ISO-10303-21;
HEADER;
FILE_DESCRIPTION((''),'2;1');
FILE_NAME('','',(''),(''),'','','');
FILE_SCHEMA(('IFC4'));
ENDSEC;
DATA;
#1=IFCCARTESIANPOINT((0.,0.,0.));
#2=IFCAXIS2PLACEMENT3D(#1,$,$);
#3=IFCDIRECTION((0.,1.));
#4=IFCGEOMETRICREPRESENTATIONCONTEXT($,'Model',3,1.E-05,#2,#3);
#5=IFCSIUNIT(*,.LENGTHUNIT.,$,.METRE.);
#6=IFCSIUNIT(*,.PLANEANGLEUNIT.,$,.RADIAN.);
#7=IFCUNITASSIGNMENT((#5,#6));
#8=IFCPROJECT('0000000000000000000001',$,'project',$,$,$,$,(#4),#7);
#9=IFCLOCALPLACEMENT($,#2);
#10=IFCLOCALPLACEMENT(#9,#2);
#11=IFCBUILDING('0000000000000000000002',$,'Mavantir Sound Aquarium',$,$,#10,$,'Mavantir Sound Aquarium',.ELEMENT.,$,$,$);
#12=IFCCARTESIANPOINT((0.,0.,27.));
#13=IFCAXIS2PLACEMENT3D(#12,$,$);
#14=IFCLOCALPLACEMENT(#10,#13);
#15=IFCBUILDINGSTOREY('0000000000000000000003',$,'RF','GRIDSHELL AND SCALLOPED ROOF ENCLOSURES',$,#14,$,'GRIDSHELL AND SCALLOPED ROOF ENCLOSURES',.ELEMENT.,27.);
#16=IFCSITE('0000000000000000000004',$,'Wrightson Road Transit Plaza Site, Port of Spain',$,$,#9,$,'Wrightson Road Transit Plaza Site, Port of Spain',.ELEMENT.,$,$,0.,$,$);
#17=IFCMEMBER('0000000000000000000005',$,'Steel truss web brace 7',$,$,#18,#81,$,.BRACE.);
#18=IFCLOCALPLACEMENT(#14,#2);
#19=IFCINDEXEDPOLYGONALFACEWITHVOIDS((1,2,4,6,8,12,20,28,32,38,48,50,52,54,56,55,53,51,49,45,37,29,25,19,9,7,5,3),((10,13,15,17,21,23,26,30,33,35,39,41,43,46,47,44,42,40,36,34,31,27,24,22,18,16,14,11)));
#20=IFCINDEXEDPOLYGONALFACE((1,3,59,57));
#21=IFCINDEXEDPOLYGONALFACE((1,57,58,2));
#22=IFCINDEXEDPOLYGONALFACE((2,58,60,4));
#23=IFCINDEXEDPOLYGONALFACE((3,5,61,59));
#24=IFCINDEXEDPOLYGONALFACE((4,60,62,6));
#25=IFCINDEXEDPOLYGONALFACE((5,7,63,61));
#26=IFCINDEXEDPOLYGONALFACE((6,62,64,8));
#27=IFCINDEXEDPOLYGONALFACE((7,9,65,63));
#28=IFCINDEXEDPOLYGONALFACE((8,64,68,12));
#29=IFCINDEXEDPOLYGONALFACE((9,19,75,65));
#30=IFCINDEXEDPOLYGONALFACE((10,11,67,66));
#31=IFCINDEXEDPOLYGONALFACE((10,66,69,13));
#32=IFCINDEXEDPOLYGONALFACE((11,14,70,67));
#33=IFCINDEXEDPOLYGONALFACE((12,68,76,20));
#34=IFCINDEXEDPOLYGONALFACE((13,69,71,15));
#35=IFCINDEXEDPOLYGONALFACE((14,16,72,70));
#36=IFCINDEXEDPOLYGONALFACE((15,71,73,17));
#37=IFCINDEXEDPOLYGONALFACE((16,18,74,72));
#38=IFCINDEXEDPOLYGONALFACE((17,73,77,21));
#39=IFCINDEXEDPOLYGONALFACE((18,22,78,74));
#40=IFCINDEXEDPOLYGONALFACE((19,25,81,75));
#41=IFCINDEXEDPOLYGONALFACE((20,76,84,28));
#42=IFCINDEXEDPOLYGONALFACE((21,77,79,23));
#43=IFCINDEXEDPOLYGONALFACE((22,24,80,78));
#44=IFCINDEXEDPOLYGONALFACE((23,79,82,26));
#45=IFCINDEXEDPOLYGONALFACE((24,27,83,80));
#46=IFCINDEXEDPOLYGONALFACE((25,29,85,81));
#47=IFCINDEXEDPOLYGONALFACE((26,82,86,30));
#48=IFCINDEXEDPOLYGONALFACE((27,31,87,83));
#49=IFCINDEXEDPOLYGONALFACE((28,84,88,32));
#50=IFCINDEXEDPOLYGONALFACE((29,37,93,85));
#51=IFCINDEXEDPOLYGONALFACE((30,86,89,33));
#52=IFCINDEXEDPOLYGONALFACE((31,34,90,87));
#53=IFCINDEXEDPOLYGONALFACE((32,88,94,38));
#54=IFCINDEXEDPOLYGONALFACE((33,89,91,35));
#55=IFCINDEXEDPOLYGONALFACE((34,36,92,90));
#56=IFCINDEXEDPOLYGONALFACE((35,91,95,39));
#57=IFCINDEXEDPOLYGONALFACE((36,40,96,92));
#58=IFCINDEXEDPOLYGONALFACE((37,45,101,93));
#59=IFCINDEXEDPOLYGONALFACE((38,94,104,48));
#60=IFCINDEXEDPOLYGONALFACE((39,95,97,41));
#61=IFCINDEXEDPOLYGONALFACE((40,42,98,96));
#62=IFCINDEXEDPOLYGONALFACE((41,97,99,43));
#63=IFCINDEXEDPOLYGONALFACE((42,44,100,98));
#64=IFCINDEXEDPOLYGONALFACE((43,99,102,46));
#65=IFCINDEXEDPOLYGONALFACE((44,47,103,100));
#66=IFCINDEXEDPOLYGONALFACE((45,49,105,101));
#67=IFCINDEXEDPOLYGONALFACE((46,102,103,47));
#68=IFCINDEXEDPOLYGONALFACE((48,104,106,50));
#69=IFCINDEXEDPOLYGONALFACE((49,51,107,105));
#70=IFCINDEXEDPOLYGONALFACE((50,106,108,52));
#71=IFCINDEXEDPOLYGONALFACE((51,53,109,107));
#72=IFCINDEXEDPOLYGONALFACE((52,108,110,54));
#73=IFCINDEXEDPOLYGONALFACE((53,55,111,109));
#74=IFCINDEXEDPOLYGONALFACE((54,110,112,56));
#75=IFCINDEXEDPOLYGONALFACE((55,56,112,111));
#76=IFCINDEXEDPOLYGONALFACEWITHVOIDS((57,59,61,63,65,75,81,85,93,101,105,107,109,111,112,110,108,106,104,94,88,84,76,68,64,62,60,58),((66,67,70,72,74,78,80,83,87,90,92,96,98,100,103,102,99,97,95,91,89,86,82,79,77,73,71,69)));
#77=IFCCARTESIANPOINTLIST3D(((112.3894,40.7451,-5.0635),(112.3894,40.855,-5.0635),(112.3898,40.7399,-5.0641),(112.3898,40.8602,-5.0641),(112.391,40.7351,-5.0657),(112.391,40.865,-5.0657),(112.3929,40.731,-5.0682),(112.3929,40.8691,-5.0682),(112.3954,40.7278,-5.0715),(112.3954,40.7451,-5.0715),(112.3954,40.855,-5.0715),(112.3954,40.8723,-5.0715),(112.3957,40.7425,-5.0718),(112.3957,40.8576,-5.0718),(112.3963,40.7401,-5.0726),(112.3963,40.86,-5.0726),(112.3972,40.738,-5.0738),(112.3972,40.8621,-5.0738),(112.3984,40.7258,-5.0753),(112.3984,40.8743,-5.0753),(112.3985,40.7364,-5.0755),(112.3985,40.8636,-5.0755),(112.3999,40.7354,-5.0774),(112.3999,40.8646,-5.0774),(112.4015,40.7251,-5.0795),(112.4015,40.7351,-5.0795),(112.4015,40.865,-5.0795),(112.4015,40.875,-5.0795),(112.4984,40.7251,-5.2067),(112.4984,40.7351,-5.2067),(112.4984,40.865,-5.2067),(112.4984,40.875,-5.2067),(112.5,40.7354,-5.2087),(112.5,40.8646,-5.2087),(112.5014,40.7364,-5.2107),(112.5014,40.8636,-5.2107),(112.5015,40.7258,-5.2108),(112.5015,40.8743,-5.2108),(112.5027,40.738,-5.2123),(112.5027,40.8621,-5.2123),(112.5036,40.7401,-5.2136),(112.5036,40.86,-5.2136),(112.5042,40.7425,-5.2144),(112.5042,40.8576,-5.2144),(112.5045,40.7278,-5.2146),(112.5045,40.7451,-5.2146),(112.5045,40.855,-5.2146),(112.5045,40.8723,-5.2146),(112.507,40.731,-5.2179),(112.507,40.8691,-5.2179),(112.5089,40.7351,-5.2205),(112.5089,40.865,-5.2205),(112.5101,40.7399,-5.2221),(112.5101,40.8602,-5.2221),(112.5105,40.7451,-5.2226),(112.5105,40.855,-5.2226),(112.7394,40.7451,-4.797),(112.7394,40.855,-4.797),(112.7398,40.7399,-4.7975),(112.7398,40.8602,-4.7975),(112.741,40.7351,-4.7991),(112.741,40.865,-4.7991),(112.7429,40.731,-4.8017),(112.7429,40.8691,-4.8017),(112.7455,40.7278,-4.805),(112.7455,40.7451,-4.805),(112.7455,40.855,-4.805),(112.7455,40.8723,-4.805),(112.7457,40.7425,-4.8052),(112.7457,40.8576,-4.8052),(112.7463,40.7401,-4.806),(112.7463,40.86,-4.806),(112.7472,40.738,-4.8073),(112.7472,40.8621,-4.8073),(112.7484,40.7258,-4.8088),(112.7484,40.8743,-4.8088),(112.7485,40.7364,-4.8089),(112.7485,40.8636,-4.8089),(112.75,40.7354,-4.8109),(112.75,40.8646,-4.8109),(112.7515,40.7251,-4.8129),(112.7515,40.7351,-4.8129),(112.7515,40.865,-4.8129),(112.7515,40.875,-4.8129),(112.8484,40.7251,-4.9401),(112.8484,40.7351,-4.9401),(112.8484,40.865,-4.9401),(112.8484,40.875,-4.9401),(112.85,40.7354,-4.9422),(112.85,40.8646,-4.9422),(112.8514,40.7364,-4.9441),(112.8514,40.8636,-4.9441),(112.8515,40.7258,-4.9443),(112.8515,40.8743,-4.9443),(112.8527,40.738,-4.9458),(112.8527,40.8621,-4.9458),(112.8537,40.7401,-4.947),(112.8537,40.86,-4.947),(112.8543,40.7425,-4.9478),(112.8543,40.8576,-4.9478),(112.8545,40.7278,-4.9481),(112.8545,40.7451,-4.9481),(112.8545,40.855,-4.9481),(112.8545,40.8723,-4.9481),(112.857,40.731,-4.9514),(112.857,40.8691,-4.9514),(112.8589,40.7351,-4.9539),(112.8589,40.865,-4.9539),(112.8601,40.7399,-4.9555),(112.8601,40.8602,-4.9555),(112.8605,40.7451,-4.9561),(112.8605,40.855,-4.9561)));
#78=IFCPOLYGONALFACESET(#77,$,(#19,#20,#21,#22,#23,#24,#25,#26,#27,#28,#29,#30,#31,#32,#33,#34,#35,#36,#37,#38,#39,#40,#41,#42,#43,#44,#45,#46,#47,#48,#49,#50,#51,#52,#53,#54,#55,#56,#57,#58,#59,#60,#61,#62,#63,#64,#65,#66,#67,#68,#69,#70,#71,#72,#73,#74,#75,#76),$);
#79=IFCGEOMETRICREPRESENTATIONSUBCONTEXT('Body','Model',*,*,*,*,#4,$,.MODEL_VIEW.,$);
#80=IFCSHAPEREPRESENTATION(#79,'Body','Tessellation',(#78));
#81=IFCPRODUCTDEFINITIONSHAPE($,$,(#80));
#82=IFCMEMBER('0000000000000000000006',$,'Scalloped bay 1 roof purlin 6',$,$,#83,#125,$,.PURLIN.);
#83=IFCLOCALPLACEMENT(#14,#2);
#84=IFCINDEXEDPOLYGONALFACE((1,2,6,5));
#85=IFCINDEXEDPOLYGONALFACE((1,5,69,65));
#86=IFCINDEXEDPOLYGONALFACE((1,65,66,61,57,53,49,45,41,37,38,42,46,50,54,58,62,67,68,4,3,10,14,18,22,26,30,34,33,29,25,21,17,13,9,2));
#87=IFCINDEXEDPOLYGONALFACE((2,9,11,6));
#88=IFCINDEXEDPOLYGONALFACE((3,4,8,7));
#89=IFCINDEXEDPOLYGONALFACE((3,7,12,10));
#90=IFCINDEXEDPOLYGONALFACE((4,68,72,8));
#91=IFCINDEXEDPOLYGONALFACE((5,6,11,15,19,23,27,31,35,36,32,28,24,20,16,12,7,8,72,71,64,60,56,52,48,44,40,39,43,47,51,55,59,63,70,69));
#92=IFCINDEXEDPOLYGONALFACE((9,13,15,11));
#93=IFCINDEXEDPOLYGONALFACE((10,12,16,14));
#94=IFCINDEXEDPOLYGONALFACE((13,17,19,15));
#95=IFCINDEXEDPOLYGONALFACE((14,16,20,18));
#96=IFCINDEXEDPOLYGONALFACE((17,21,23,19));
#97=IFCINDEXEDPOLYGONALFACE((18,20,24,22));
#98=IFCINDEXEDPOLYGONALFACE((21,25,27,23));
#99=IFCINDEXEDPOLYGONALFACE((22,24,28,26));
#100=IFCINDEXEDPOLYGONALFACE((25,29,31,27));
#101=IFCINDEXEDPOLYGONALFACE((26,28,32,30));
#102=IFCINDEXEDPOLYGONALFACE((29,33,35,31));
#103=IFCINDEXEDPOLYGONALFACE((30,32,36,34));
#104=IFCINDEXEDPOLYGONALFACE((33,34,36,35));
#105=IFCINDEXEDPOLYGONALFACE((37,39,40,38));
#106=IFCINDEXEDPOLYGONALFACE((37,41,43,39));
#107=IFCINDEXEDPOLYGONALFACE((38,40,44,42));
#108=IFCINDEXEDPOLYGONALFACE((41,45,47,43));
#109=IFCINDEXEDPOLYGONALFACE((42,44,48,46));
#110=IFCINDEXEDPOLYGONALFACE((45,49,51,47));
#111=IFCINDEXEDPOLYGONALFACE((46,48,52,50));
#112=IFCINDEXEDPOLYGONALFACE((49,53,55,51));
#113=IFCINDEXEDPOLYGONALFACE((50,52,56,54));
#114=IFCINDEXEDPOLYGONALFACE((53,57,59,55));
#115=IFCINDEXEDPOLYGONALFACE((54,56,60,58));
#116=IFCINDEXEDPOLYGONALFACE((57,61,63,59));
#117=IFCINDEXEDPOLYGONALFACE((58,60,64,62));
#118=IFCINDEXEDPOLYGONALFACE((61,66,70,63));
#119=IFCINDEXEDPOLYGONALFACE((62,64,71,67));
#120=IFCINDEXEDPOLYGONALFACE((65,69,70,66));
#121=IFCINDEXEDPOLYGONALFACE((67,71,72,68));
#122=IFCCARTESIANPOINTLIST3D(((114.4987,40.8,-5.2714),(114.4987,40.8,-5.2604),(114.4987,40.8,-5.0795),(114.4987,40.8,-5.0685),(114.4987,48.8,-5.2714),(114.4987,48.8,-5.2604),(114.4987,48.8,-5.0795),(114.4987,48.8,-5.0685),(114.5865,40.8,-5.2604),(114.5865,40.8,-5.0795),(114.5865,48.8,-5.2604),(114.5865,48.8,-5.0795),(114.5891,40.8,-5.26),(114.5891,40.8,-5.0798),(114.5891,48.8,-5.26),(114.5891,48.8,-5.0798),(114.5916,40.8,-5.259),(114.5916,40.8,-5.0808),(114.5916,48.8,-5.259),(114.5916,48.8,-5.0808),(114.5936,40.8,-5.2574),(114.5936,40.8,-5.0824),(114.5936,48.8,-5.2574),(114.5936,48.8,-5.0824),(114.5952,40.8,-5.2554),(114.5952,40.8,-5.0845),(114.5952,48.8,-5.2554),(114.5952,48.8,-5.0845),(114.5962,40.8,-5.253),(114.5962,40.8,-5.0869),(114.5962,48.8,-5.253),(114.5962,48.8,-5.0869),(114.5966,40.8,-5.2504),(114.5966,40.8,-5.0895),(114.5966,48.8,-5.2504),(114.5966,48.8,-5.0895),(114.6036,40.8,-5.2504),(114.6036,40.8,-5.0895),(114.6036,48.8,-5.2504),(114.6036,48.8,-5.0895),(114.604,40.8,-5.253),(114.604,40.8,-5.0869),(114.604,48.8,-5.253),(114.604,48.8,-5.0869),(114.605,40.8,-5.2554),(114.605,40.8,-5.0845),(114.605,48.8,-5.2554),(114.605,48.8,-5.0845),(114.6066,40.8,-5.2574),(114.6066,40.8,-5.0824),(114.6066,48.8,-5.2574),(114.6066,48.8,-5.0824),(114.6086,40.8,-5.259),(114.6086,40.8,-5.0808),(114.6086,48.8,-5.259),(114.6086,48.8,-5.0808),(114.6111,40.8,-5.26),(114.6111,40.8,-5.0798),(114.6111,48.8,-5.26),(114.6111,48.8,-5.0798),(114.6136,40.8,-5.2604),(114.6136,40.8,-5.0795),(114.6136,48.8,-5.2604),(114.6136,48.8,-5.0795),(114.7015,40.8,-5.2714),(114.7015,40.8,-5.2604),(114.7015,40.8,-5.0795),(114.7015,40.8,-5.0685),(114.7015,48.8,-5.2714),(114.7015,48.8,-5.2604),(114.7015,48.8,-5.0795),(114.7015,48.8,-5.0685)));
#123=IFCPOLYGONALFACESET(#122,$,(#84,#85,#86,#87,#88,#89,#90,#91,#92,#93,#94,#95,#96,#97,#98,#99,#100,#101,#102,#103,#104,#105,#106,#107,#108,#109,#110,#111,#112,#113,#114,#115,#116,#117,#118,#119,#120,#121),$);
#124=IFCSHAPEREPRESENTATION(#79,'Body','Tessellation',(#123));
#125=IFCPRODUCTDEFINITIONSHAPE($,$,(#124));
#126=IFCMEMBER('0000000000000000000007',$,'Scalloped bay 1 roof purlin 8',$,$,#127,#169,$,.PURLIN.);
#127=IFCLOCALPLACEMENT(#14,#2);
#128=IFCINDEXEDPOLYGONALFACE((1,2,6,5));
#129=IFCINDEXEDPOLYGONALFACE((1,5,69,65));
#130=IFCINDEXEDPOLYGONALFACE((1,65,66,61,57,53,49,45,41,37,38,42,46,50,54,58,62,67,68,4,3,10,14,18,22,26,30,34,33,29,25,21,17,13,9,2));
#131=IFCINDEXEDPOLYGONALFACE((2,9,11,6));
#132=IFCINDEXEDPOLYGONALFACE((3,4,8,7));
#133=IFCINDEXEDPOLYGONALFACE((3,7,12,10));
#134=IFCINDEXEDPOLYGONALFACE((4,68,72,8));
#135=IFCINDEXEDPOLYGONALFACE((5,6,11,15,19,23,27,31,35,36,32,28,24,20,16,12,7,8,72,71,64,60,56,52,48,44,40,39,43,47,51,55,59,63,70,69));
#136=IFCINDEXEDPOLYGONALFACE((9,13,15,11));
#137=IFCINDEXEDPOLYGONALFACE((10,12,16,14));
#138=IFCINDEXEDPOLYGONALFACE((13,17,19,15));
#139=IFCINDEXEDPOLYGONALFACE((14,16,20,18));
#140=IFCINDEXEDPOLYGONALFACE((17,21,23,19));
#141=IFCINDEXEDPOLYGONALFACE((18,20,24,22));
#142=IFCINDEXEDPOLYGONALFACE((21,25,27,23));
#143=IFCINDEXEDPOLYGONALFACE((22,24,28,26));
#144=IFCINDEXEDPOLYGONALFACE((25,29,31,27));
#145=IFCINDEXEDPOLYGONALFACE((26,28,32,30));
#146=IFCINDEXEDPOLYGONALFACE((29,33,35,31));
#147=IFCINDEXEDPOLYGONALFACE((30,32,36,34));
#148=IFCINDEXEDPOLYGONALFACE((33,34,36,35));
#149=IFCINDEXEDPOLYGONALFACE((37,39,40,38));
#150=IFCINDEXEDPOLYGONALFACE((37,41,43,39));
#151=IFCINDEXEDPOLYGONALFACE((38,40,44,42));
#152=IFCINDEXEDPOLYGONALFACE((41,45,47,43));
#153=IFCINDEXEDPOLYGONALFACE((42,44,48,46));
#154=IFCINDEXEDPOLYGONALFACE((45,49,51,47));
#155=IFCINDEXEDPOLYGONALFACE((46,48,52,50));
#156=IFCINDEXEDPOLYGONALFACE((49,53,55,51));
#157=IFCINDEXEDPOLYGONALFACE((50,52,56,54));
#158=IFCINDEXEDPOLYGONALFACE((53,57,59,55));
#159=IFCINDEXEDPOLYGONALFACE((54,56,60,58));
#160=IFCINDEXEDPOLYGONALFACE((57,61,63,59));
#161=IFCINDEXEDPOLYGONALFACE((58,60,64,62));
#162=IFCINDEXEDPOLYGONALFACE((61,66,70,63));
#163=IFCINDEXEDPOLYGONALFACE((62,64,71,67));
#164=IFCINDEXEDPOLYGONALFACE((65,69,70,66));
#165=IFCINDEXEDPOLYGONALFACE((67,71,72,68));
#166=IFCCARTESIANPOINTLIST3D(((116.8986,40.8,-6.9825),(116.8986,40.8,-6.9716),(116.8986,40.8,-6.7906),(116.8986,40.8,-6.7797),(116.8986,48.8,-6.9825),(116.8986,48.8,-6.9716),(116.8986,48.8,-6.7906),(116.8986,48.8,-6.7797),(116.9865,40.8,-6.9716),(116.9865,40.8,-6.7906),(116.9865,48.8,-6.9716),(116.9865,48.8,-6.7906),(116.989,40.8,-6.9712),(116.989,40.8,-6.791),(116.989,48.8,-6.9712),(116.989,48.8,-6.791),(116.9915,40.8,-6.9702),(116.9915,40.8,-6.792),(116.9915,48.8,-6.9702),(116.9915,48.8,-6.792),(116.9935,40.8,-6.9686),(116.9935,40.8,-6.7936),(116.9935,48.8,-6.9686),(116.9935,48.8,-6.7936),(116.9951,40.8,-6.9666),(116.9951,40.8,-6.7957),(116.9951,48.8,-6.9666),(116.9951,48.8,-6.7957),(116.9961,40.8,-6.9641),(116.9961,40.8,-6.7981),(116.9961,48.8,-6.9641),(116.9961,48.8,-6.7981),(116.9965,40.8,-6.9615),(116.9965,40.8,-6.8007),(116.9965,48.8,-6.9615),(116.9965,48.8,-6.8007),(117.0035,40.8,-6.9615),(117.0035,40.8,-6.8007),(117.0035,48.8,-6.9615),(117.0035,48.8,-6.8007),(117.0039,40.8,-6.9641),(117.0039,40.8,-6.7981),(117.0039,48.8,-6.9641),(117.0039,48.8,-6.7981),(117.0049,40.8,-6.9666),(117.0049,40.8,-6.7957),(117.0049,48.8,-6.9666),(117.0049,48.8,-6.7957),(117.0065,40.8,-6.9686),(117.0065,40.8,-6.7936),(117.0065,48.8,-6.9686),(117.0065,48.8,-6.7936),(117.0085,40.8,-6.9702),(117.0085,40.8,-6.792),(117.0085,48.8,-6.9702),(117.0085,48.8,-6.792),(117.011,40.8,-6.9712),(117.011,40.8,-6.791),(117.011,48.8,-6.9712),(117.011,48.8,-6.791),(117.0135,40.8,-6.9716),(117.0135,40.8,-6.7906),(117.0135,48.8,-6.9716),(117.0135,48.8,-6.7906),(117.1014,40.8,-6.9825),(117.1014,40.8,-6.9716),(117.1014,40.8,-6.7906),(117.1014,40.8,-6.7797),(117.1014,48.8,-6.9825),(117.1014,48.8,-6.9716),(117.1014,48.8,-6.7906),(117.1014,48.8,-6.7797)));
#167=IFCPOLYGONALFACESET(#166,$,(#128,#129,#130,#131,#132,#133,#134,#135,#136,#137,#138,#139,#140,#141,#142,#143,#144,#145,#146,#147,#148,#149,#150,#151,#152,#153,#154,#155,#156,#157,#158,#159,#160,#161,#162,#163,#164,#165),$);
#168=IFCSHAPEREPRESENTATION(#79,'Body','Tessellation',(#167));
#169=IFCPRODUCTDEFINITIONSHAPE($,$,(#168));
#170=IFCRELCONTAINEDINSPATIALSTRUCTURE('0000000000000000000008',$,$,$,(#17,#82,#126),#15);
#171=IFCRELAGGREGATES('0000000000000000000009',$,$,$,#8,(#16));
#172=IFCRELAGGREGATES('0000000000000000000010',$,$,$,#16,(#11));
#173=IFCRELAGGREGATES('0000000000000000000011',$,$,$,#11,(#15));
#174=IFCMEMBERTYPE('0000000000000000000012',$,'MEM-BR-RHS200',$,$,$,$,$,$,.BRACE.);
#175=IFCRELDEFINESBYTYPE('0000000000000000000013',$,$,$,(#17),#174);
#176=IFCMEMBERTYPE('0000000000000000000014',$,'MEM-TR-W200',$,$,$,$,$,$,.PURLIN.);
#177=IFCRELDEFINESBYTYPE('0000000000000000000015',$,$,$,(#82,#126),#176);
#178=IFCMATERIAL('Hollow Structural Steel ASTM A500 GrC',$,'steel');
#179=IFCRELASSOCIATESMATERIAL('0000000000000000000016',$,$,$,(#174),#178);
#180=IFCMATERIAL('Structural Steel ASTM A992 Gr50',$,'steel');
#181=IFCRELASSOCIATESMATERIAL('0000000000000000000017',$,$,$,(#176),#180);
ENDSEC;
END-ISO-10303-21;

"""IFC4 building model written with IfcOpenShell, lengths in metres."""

from ifc_helpers import new_model, si_unit, direction, frame, origin, origin_2d, place, context, subcontext, project, spatial, hollow_rectangle, i_section, extrude, material, material_profile, profile_set, type_object, element, save


model = new_model("IFC4")

# Units and contexts
model_context = context("Model", 3, precision=1e-05, world=origin(), true_north=direction((0.0, 1.0)))
body_context = subcontext(model_context, "Body", "Model", "MODEL_VIEW")
ifc_project = project(units=[si_unit("LENGTHUNIT", "METRE"), si_unit("PLANEANGLEUNIT", "RADIAN")], contexts=[model_context])

# Site, building, storey
site_placement = place(None, origin())
site = spatial("IfcSite", under=ifc_project, at=site_placement, Name="Wrightson Road Transit Plaza Site, Port of Spain", LongName="Wrightson Road Transit Plaza Site, Port of Spain", CompositionType="ELEMENT", RefElevation=0.0)
building_placement = place(site_placement, origin())
building = spatial("IfcBuilding", under=site, at=building_placement, Name="Mavantir Sound Aquarium", LongName="Mavantir Sound Aquarium", CompositionType="ELEMENT")
storey_placement = place(building_placement, frame((0.0, 0.0, 27.0)))
storey = spatial("IfcBuildingStorey", under=building, at=storey_placement, Name="RF", Description="GRIDSHELL AND SCALLOPED ROOF ENCLOSURES", LongName="GRIDSHELL AND SCALLOPED ROOF ENCLOSURES", CompositionType="ELEMENT", Elevation=27.0)

# Shared definitions
ifc_material_1 = material(Name="Structural Steel ASTM A992 Gr50", Category="steel")

# Members
ifc_material_2 = material(Name="Hollow Structural Steel ASTM A500 GrC", Category="steel")
ifc_material_profile_1 = material_profile(ifc_material_2, hollow_rectangle(XDim=0.1499, YDim=0.2, WallThickness=0.01, InnerFilletRadius=0.01, OuterFilletRadius=0.02, at=origin_2d()), Name="RHS 200X150X10")
ifc_profile_set_1 = profile_set([ifc_material_profile_1], Name="Hollow Structural Steel ASTM A500 GrC")
member_type_1 = type_object("IfcMemberType", Name="MEM-BR-RHS200", PredefinedType="BRACE", material=ifc_profile_set_1)
member_1_placement = place(storey_placement, frame((112.45, 40.8, -5.1431), z_axis=(0.795585, 0.0, 0.605843), x_axis=(0.0, 1.0, 0.0)))
element("IfcMember", 1, at=member_1_placement, inside=storey, type_object=member_type_1, Name="Steel truss web brace 7", PredefinedType="BRACE", context=body_context, shape_type="SweptSolid", body=[
    extrude(hollow_rectangle(XDim=0.1499, YDim=0.2, WallThickness=0.01, InnerFilletRadius=0.01, OuterFilletRadius=0.02, at=origin_2d()), origin(), (0.0, 0.0, 1.0), 0.4399),
])
ifc_material_profile_2 = material_profile(ifc_material_1, i_section(OverallWidth=0.2029, OverallDepth=0.2029, WebThickness=0.0071, FlangeThickness=0.011, FilletRadius=0.01, at=origin_2d()), Name="W200X46")
ifc_profile_set_2 = profile_set([ifc_material_profile_2], Name="Structural Steel ASTM A992 Gr50")
member_type_2 = type_object("IfcMemberType", Name="MEM-TR-W200", PredefinedType="PURLIN", material=ifc_profile_set_2)
for number, where, z_axis, x_axis, name in (
    (2, (114.6001, 40.8, -5.1699), (0.0, 1.0, 0.0), (-1.0, 0.0, 0.0), "Scalloped bay 1 roof purlin 6"),
    (3, (117.0, 40.8, -6.8811), (0.0, 1.0, 0.0), (-1.0, 0.0, 0.0), "Scalloped bay 1 roof purlin 8"),
):
    element("IfcMember", number, at=place(storey_placement, frame(where, z_axis=z_axis, x_axis=x_axis)), inside=storey, type_object=member_type_2, Name=name, PredefinedType="PURLIN", context=body_context, shape_type="SweptSolid", body=[
        extrude(i_section(OverallWidth=0.2029, OverallDepth=0.2029, WebThickness=0.0071, FlangeThickness=0.011, FilletRadius=0.01, at=origin_2d()), origin(), (0.0, 0.0, 1.0), 8.0),
    ])

save(model, "model.ifc")
